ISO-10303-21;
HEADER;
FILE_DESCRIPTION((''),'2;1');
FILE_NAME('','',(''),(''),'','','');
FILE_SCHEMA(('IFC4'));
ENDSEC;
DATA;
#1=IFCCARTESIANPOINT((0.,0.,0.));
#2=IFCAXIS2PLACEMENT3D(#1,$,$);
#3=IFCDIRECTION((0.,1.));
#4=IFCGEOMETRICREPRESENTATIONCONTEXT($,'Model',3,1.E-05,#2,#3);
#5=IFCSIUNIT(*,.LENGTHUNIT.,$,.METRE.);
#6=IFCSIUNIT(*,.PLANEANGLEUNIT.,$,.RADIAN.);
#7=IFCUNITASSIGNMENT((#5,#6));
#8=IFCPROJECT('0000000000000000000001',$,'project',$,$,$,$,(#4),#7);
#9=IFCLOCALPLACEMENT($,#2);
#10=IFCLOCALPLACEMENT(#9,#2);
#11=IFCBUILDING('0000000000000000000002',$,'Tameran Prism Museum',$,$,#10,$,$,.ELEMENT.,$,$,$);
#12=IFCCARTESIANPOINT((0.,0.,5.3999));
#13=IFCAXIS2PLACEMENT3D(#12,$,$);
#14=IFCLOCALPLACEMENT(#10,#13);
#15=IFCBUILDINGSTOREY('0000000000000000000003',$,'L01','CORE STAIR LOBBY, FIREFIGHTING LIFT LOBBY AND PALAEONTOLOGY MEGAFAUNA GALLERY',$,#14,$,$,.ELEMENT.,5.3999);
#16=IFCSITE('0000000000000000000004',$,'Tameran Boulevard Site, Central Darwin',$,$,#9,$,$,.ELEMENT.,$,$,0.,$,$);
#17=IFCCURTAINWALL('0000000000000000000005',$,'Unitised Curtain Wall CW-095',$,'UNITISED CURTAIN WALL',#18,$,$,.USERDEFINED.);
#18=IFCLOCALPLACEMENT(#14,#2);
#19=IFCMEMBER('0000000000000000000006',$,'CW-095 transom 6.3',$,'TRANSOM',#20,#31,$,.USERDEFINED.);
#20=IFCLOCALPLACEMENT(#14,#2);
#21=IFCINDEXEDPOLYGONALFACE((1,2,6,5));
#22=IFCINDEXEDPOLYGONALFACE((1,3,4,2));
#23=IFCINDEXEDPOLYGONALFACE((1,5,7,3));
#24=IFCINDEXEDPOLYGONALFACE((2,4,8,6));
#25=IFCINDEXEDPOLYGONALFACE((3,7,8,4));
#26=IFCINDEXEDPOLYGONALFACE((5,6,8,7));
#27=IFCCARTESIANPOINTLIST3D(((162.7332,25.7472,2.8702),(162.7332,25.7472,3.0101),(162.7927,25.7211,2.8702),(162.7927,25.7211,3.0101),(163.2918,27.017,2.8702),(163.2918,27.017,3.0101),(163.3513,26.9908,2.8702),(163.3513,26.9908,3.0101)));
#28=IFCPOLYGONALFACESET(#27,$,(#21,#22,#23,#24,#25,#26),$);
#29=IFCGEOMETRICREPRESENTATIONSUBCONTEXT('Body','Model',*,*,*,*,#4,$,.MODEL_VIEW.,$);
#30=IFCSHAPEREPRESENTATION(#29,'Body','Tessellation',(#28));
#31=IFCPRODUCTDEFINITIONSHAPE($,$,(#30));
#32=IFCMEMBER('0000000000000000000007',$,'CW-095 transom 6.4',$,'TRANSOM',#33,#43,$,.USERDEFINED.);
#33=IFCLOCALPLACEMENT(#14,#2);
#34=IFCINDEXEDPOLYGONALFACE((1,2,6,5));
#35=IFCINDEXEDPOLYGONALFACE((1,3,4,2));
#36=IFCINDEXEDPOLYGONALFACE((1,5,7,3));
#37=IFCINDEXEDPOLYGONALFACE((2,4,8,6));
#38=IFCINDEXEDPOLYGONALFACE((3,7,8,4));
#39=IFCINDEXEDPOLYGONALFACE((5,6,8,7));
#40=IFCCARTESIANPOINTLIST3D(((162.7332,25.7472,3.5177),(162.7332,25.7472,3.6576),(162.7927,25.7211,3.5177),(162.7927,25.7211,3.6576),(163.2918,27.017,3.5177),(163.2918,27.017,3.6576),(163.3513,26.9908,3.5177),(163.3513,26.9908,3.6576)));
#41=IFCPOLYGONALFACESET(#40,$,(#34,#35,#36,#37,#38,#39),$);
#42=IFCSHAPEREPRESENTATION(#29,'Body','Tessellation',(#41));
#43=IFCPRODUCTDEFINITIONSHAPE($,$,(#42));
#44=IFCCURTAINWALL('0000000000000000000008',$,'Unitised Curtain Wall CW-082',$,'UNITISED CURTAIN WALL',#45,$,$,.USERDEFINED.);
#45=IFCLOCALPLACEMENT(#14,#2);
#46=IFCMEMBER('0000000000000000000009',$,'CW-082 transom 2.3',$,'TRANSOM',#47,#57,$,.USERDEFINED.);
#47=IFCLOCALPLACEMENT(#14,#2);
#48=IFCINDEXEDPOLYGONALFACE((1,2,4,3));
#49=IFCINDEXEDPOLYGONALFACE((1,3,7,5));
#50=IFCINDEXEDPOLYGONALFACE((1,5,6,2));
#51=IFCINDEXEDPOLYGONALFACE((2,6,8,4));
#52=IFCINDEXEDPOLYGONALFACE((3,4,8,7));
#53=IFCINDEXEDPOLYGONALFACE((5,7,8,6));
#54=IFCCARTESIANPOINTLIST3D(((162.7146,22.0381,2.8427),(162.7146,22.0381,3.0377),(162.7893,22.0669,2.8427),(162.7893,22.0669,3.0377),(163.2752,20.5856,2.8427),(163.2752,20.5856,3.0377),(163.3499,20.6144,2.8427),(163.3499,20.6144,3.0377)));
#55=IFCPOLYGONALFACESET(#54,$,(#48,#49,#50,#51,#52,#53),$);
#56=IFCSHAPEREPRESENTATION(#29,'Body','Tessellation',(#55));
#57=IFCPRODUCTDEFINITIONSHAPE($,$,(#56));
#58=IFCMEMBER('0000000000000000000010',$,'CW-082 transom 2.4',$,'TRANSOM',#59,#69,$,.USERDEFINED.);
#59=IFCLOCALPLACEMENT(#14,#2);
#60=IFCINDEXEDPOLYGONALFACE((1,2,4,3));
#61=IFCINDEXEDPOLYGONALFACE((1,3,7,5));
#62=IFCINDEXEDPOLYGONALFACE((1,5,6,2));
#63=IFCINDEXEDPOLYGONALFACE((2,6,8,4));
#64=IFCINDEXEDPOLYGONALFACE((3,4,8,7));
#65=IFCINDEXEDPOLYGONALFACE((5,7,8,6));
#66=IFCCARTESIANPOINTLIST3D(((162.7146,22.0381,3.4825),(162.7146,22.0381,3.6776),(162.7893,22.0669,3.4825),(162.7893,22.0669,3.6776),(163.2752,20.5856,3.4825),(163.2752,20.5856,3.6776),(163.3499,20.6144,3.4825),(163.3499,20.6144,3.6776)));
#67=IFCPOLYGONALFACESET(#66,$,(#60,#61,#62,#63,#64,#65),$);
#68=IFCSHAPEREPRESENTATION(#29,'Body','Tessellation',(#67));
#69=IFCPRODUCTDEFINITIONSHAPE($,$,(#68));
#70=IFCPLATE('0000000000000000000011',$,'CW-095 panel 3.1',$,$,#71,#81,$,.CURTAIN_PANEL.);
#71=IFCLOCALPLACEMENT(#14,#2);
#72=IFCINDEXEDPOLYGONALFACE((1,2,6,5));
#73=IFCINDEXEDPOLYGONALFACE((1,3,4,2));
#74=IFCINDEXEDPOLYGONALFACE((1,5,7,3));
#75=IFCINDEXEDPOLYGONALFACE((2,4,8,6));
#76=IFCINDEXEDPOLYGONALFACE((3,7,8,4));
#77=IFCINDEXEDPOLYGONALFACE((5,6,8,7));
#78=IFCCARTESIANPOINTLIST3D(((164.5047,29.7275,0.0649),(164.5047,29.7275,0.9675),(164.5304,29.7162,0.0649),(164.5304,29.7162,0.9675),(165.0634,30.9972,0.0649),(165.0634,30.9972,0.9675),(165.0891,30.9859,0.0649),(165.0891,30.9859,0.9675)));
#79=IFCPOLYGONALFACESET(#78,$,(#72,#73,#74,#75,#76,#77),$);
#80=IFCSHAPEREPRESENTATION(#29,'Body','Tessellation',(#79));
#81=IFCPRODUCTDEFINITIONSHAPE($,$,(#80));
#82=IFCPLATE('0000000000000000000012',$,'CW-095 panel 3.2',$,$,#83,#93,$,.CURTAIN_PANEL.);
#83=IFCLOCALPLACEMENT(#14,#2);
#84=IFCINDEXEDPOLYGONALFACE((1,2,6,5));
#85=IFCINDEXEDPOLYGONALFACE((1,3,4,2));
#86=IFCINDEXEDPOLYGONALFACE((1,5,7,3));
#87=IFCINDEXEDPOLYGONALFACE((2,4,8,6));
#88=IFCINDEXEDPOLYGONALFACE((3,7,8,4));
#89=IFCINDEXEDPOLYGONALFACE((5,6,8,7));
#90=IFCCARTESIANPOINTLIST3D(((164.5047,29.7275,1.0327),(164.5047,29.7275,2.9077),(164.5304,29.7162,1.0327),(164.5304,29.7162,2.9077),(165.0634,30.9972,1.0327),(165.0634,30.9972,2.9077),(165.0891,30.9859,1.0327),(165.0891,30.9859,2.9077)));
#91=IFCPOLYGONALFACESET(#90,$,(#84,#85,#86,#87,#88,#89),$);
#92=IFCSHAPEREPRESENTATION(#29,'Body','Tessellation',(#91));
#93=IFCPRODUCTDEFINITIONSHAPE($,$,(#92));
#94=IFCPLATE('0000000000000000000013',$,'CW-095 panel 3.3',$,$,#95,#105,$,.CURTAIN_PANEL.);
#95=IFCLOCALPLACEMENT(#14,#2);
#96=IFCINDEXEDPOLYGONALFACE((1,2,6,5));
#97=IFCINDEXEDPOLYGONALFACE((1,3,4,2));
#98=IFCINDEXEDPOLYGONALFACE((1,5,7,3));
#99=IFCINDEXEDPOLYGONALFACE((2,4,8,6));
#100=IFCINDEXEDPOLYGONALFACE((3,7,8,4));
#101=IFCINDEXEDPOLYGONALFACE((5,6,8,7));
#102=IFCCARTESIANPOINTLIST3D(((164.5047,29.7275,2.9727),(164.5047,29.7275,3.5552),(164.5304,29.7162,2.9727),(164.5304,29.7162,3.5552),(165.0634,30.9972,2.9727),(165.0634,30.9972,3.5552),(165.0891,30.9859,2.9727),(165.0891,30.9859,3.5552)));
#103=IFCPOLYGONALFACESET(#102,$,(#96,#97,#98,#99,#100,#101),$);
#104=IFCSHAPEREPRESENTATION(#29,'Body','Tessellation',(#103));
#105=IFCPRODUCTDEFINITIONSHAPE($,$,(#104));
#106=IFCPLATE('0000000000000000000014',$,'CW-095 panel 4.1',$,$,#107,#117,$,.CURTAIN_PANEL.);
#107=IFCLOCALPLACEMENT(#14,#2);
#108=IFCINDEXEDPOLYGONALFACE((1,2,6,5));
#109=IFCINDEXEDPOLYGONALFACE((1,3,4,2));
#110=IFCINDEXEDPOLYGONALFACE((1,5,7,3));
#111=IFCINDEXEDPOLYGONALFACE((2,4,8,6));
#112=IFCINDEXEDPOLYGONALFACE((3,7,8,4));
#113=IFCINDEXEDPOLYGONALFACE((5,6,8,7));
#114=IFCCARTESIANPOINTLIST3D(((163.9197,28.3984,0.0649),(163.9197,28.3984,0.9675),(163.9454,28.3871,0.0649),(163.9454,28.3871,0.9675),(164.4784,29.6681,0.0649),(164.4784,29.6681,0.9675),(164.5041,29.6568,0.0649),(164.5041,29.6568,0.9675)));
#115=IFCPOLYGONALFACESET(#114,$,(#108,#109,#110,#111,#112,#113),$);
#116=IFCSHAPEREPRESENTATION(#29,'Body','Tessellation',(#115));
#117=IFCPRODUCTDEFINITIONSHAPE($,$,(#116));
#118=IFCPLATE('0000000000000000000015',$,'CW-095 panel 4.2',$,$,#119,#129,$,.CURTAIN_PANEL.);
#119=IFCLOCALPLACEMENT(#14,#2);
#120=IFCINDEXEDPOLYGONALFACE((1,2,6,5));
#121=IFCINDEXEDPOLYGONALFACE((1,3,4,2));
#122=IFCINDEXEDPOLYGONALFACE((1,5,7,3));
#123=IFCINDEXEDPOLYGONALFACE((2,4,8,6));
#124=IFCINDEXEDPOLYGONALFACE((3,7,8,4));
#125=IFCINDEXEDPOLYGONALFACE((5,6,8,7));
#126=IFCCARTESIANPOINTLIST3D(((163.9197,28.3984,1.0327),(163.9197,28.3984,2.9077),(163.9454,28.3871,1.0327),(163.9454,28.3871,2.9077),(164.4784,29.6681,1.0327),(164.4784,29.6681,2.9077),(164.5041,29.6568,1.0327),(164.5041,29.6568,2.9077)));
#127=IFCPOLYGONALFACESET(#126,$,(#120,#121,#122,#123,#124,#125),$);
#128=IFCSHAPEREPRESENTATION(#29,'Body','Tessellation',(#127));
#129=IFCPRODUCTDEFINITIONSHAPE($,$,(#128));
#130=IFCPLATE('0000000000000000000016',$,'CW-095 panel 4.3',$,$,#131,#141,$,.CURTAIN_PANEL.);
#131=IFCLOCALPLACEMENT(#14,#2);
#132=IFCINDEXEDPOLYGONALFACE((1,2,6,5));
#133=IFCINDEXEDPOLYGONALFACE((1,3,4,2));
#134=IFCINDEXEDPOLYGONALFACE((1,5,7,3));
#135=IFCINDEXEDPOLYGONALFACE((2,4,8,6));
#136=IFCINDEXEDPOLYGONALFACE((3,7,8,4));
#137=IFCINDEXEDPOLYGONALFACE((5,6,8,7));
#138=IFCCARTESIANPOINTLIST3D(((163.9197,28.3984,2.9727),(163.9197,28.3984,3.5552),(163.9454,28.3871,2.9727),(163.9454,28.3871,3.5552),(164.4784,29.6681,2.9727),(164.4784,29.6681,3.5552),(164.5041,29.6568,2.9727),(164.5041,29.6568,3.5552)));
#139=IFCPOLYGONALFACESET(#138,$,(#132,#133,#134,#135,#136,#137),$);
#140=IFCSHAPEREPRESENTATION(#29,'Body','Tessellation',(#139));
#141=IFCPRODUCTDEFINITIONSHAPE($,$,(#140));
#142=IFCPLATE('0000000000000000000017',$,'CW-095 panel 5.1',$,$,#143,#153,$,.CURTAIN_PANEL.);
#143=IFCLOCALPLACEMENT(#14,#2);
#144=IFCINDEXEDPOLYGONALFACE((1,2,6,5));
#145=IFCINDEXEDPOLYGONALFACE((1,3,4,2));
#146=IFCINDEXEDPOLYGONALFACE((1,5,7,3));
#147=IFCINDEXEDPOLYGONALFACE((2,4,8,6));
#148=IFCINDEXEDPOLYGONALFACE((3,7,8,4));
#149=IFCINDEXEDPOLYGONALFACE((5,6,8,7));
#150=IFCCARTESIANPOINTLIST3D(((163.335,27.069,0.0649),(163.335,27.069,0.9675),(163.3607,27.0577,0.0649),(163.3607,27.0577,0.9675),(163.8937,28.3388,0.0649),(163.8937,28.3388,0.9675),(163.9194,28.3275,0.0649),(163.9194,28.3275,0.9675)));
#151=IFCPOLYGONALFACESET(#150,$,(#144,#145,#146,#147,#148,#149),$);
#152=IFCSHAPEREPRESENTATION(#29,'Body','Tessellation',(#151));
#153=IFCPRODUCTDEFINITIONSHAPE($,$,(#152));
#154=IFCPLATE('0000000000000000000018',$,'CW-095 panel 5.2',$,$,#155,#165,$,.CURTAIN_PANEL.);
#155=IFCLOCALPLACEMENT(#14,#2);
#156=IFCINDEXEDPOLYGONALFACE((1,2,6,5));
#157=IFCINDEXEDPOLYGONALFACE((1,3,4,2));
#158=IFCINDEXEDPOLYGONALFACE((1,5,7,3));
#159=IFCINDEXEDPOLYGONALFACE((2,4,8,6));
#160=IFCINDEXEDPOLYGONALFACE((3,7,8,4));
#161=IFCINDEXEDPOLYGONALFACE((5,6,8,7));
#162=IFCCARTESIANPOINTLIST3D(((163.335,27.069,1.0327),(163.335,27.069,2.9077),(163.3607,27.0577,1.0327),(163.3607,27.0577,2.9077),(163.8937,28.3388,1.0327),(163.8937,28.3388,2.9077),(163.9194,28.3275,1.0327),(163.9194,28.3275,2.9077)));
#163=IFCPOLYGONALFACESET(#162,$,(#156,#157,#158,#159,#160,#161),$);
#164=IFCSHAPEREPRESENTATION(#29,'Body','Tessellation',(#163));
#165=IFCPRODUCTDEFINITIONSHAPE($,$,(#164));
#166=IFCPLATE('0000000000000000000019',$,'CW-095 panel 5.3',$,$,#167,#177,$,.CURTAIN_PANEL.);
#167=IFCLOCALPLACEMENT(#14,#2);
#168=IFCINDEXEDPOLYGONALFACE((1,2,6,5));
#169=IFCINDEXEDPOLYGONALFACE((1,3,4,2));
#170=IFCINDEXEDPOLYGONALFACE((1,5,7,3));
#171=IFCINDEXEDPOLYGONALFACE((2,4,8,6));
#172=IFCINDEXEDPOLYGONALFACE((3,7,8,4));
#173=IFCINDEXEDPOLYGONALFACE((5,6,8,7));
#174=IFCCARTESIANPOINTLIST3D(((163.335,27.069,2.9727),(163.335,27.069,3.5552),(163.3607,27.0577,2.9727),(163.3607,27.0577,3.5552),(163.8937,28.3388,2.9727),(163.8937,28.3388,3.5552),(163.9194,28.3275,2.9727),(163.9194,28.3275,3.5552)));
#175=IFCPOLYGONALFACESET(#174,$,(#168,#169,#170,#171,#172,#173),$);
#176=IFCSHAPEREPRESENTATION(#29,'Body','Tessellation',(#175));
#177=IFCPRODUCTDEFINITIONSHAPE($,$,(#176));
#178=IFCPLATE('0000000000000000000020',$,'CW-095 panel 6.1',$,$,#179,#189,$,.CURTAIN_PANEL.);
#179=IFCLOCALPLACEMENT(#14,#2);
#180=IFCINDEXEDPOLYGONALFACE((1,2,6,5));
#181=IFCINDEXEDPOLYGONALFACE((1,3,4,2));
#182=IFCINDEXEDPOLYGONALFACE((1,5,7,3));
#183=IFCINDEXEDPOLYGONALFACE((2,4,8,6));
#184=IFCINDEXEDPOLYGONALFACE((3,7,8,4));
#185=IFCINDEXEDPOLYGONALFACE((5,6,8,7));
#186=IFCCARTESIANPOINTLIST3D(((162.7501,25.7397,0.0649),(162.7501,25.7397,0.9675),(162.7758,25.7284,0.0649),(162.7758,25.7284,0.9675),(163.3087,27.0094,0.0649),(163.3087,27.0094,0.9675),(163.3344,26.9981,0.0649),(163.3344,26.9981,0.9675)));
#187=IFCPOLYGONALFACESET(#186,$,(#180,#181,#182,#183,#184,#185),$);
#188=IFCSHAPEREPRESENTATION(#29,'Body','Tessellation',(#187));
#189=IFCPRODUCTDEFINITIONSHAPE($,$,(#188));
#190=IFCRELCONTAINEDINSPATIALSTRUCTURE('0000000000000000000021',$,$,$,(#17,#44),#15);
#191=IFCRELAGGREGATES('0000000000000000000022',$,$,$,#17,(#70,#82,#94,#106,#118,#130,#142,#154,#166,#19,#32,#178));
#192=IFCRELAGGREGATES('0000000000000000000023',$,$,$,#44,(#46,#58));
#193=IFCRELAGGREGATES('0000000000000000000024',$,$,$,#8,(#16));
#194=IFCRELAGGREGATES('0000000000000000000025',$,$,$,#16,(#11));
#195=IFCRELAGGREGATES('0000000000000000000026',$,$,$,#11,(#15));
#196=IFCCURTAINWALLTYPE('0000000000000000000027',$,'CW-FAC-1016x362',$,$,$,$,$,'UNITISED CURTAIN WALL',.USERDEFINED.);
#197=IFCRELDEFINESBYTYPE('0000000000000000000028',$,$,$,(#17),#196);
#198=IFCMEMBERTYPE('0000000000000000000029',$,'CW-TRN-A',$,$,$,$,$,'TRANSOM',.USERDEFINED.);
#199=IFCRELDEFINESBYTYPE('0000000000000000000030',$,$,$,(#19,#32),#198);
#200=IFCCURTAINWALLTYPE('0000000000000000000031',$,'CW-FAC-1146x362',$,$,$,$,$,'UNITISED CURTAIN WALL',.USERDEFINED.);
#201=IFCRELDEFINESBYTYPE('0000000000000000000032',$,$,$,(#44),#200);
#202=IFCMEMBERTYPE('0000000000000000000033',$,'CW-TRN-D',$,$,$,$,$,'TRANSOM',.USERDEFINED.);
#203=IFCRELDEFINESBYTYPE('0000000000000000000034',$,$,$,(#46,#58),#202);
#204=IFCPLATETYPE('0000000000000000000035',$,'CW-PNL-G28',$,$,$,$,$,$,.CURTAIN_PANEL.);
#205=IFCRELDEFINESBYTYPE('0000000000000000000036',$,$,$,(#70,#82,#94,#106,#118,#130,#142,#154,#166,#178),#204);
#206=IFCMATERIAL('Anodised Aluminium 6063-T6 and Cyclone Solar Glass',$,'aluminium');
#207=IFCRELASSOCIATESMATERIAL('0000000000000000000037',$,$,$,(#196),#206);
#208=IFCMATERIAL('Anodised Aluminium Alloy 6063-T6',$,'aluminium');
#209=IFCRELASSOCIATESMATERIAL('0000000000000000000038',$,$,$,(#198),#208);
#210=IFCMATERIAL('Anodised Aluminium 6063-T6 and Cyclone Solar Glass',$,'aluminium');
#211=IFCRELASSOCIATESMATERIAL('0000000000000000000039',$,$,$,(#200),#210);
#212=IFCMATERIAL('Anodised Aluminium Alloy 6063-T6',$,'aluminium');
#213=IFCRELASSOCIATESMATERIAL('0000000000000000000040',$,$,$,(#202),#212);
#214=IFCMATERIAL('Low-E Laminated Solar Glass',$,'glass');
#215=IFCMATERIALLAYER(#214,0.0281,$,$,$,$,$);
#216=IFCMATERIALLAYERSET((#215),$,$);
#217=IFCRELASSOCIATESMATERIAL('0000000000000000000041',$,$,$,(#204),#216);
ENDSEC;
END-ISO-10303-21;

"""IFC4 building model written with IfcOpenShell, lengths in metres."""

from ifc_helpers import new_model, si_unit, direction, frame, origin, origin_2d, place, context, subcontext, project, spatial, rectangle, extrude, material, layer, layer_set, material_profile, profile_set, type_object, element, aggregate, save


model = new_model("IFC4")

# Units and contexts
model_context = context("Model", 3, precision=1e-05, world=origin(), true_north=direction((0.0, 1.0)))
body_context = subcontext(model_context, "Body", "Model", "MODEL_VIEW")
ifc_project = project(units=[si_unit("LENGTHUNIT", "METRE"), si_unit("PLANEANGLEUNIT", "RADIAN")], contexts=[model_context])

# Site, building, storey
site_placement = place(None, origin())
site = spatial("IfcSite", under=ifc_project, at=site_placement, Name="Tameran Boulevard Site, Central Darwin", CompositionType="ELEMENT", RefElevation=0.0)
building_placement = place(site_placement, origin())
building = spatial("IfcBuilding", under=site, at=building_placement, Name="Tameran Prism Museum", CompositionType="ELEMENT")
storey_placement = place(building_placement, frame((0.0, 0.0, 5.3999)))
storey = spatial("IfcBuildingStorey", under=building, at=storey_placement, Name="L01", Description="CORE STAIR LOBBY, FIREFIGHTING LIFT LOBBY AND PALAEONTOLOGY MEGAFAUNA GALLERY", CompositionType="ELEMENT", Elevation=5.3999)

# Curtain walls, members
ifc_material_1 = material(Name="Anodised Aluminium 6063-T6 and Cyclone Solar Glass", Category="aluminium")
curtain_wall_type_1 = type_object("IfcCurtainWallType", Name="CW-FAC-1016x362", ElementType="UNITISED CURTAIN WALL", PredefinedType="USERDEFINED", material=ifc_material_1)
curtain_wall_1_placement = place(storey_placement, origin())
curtain_wall_1 = element("IfcCurtainWall", 1, at=curtain_wall_1_placement, inside=storey, type_object=curtain_wall_type_1, Name="Unitised Curtain Wall CW-095", ObjectType="UNITISED CURTAIN WALL", PredefinedType="USERDEFINED")
ifc_material_2 = material(Name="Anodised Aluminium Alloy 6063-T6", Category="aluminium")
ifc_material_profile_1 = material_profile(ifc_material_2, rectangle(XDim=0.0649, YDim=0.1399, at=origin_2d()))
ifc_profile_set_1 = profile_set([ifc_material_profile_1])
member_type_1 = type_object("IfcMemberType", Name="CW-TRN-A", ElementType="TRANSOM", PredefinedType="USERDEFINED", material=ifc_profile_set_1)
member_1_placement = place(storey_placement, frame((163.3215, 27.0039, 2.9402), z_axis=(-0.402674, -0.915344, 0.0), x_axis=(0.915344, -0.402674, 0.0)))
member_1 = element("IfcMember", 2, at=member_1_placement, type_object=member_type_1, Name="CW-095 transom 6.3", ObjectType="TRANSOM", PredefinedType="USERDEFINED", context=body_context, shape_type="SweptSolid", body=[
    extrude(rectangle(XDim=0.0649, YDim=0.1399, at=origin_2d()), origin(), (0.0, 0.0, 1.0), 1.3872),
])
member_2_placement = place(storey_placement, frame((163.3215, 27.0039, 3.5876), z_axis=(-0.402674, -0.915344, 0.0), x_axis=(0.915344, -0.402674, 0.0)))
member_2 = element("IfcMember", 3, at=member_2_placement, type_object=member_type_1, Name="CW-095 transom 6.4", ObjectType="TRANSOM", PredefinedType="USERDEFINED", context=body_context, shape_type="SweptSolid", body=[
    extrude(rectangle(XDim=0.0649, YDim=0.1399, at=origin_2d()), origin(), (0.0, 0.0, 1.0), 1.3872),
])
ifc_material_3 = material(Name="Anodised Aluminium 6063-T6 and Cyclone Solar Glass", Category="aluminium")
curtain_wall_type_2 = type_object("IfcCurtainWallType", Name="CW-FAC-1146x362", ElementType="UNITISED CURTAIN WALL", PredefinedType="USERDEFINED", material=ifc_material_3)
curtain_wall_2_placement = place(storey_placement, origin())
curtain_wall_2 = element("IfcCurtainWall", 4, at=curtain_wall_2_placement, inside=storey, type_object=curtain_wall_type_2, Name="Unitised Curtain Wall CW-082", ObjectType="UNITISED CURTAIN WALL", PredefinedType="USERDEFINED")
ifc_material_4 = material(Name="Anodised Aluminium Alloy 6063-T6", Category="aluminium")
ifc_material_profile_2 = material_profile(ifc_material_4, rectangle(XDim=0.0801, YDim=0.1951, at=origin_2d()))
ifc_profile_set_2 = profile_set([ifc_material_profile_2])
member_type_2 = type_object("IfcMemberType", Name="CW-TRN-D", ElementType="TRANSOM", PredefinedType="USERDEFINED", material=ifc_profile_set_2)
member_3_placement = place(storey_placement, frame((162.752, 22.0525, 2.9402), z_axis=(0.360061, -0.932929, 0.0), x_axis=(0.932929, 0.360061, 0.0)))
member_3 = element("IfcMember", 5, at=member_3_placement, type_object=member_type_2, Name="CW-082 transom 2.3", ObjectType="TRANSOM", PredefinedType="USERDEFINED", context=body_context, shape_type="SweptSolid", body=[
    extrude(rectangle(XDim=0.0801, YDim=0.1951, at=origin_2d()), origin(), (0.0, 0.0, 1.0), 1.5569),
])
member_4_placement = place(storey_placement, frame((162.752, 22.0525, 3.5801), z_axis=(0.360061, -0.932929, 0.0), x_axis=(0.932929, 0.360061, 0.0)))
member_4 = element("IfcMember", 6, at=member_4_placement, type_object=member_type_2, Name="CW-082 transom 2.4", ObjectType="TRANSOM", PredefinedType="USERDEFINED", context=body_context, shape_type="SweptSolid", body=[
    extrude(rectangle(XDim=0.0801, YDim=0.1951, at=origin_2d()), origin(), (0.0, 0.0, 1.0), 1.5569),
])

# Plates
ifc_material_5 = material(Name="Low-E Laminated Solar Glass", Category="glass")
ifc_layer_1 = layer(ifc_material_5, 0.0281)
ifc_layer_set_1 = layer_set([ifc_layer_1])
plate_type_1 = type_object("IfcPlateType", Name="CW-PNL-G28", PredefinedType="CURTAIN_PANEL", material=ifc_layer_set_1)
plate_1_placement = place(storey_placement, frame((164.7969, 30.3567, 0.0649), z_axis=(0.0, 0.0, 1.0), x_axis=(-0.402722, -0.915322, 0.0)))
plate_1 = element("IfcPlate", 7, at=plate_1_placement, type_object=plate_type_1, Name="CW-095 panel 3.1", PredefinedType="CURTAIN_PANEL", context=body_context, shape_type="SweptSolid", body=[
    extrude(rectangle(XDim=1.3872, YDim=0.0281, at=origin_2d()), origin(), (0.0, 0.0, 1.0), 0.9026),
])
plate_2_placement = place(storey_placement, frame((164.7969, 30.3567, 1.0327), z_axis=(0.0, 0.0, 1.0), x_axis=(-0.402722, -0.915322, 0.0)))
plate_2 = element("IfcPlate", 8, at=plate_2_placement, type_object=plate_type_1, Name="CW-095 panel 3.2", PredefinedType="CURTAIN_PANEL", context=body_context, shape_type="SweptSolid", body=[
    extrude(rectangle(XDim=1.3872, YDim=0.0281, at=origin_2d()), origin(), (0.0, 0.0, 1.0), 1.875),
])
plate_3_placement = place(storey_placement, frame((164.7969, 30.3567, 2.9727), z_axis=(0.0, 0.0, 1.0), x_axis=(-0.402722, -0.915322, 0.0)))
plate_3 = element("IfcPlate", 9, at=plate_3_placement, type_object=plate_type_1, Name="CW-095 panel 3.3", PredefinedType="CURTAIN_PANEL", context=body_context, shape_type="SweptSolid", body=[
    extrude(rectangle(XDim=1.3872, YDim=0.0281, at=origin_2d()), origin(), (0.0, 0.0, 1.0), 0.5825),
])
plate_4_placement = place(storey_placement, frame((164.2119, 29.0276, 0.0649), z_axis=(0.0, 0.0, 1.0), x_axis=(-0.402722, -0.915322, 0.0)))
plate_4 = element("IfcPlate", 10, at=plate_4_placement, type_object=plate_type_1, Name="CW-095 panel 4.1", PredefinedType="CURTAIN_PANEL", context=body_context, shape_type="SweptSolid", body=[
    extrude(rectangle(XDim=1.3872, YDim=0.0281, at=origin_2d()), origin(), (0.0, 0.0, 1.0), 0.9026),
])
plate_5_placement = place(storey_placement, frame((164.2119, 29.0276, 1.0327), z_axis=(0.0, 0.0, 1.0), x_axis=(-0.402722, -0.915322, 0.0)))
plate_5 = element("IfcPlate", 11, at=plate_5_placement, type_object=plate_type_1, Name="CW-095 panel 4.2", PredefinedType="CURTAIN_PANEL", context=body_context, shape_type="SweptSolid", body=[
    extrude(rectangle(XDim=1.3872, YDim=0.0281, at=origin_2d()), origin(), (0.0, 0.0, 1.0), 1.875),
])
plate_6_placement = place(storey_placement, frame((164.2119, 29.0276, 2.9727), z_axis=(0.0, 0.0, 1.0), x_axis=(-0.402722, -0.915322, 0.0)))
plate_6 = element("IfcPlate", 12, at=plate_6_placement, type_object=plate_type_1, Name="CW-095 panel 4.3", PredefinedType="CURTAIN_PANEL", context=body_context, shape_type="SweptSolid", body=[
    extrude(rectangle(XDim=1.3872, YDim=0.0281, at=origin_2d()), origin(), (0.0, 0.0, 1.0), 0.5825),
])
plate_7_placement = place(storey_placement, frame((163.6272, 27.6982, 0.0649), z_axis=(0.0, 0.0, 1.0), x_axis=(-0.402722, -0.915322, 0.0)))
plate_7 = element("IfcPlate", 13, at=plate_7_placement, type_object=plate_type_1, Name="CW-095 panel 5.1", PredefinedType="CURTAIN_PANEL", context=body_context, shape_type="SweptSolid", body=[
    extrude(rectangle(XDim=1.3872, YDim=0.0281, at=origin_2d()), origin(), (0.0, 0.0, 1.0), 0.9026),
])
plate_8_placement = place(storey_placement, frame((163.6272, 27.6982, 1.0327), z_axis=(0.0, 0.0, 1.0), x_axis=(-0.402722, -0.915322, 0.0)))
plate_8 = element("IfcPlate", 14, at=plate_8_placement, type_object=plate_type_1, Name="CW-095 panel 5.2", PredefinedType="CURTAIN_PANEL", context=body_context, shape_type="SweptSolid", body=[
    extrude(rectangle(XDim=1.3872, YDim=0.0281, at=origin_2d()), origin(), (0.0, 0.0, 1.0), 1.875),
])
plate_9_placement = place(storey_placement, frame((163.6272, 27.6982, 2.9727), z_axis=(0.0, 0.0, 1.0), x_axis=(-0.402722, -0.915322, 0.0)))
plate_9 = element("IfcPlate", 15, at=plate_9_placement, type_object=plate_type_1, Name="CW-095 panel 5.3", PredefinedType="CURTAIN_PANEL", context=body_context, shape_type="SweptSolid", body=[
    extrude(rectangle(XDim=1.3872, YDim=0.0281, at=origin_2d()), origin(), (0.0, 0.0, 1.0), 0.5825),
])
plate_10_placement = place(storey_placement, frame((163.0422, 26.3689, 0.0649), z_axis=(0.0, 0.0, 1.0), x_axis=(-0.402722, -0.915322, 0.0)))
plate_10 = element("IfcPlate", 16, at=plate_10_placement, type_object=plate_type_1, Name="CW-095 panel 6.1", PredefinedType="CURTAIN_PANEL", context=body_context, shape_type="SweptSolid", body=[
    extrude(rectangle(XDim=1.3872, YDim=0.0281, at=origin_2d()), origin(), (0.0, 0.0, 1.0), 0.9026),
])
aggregate(curtain_wall_1, [plate_1, plate_2, plate_3, plate_4, plate_5, plate_6, plate_7, plate_8, plate_9, member_1, member_2, plate_10])
aggregate(curtain_wall_2, [member_3, member_4])

save(model, "model.ifc")
